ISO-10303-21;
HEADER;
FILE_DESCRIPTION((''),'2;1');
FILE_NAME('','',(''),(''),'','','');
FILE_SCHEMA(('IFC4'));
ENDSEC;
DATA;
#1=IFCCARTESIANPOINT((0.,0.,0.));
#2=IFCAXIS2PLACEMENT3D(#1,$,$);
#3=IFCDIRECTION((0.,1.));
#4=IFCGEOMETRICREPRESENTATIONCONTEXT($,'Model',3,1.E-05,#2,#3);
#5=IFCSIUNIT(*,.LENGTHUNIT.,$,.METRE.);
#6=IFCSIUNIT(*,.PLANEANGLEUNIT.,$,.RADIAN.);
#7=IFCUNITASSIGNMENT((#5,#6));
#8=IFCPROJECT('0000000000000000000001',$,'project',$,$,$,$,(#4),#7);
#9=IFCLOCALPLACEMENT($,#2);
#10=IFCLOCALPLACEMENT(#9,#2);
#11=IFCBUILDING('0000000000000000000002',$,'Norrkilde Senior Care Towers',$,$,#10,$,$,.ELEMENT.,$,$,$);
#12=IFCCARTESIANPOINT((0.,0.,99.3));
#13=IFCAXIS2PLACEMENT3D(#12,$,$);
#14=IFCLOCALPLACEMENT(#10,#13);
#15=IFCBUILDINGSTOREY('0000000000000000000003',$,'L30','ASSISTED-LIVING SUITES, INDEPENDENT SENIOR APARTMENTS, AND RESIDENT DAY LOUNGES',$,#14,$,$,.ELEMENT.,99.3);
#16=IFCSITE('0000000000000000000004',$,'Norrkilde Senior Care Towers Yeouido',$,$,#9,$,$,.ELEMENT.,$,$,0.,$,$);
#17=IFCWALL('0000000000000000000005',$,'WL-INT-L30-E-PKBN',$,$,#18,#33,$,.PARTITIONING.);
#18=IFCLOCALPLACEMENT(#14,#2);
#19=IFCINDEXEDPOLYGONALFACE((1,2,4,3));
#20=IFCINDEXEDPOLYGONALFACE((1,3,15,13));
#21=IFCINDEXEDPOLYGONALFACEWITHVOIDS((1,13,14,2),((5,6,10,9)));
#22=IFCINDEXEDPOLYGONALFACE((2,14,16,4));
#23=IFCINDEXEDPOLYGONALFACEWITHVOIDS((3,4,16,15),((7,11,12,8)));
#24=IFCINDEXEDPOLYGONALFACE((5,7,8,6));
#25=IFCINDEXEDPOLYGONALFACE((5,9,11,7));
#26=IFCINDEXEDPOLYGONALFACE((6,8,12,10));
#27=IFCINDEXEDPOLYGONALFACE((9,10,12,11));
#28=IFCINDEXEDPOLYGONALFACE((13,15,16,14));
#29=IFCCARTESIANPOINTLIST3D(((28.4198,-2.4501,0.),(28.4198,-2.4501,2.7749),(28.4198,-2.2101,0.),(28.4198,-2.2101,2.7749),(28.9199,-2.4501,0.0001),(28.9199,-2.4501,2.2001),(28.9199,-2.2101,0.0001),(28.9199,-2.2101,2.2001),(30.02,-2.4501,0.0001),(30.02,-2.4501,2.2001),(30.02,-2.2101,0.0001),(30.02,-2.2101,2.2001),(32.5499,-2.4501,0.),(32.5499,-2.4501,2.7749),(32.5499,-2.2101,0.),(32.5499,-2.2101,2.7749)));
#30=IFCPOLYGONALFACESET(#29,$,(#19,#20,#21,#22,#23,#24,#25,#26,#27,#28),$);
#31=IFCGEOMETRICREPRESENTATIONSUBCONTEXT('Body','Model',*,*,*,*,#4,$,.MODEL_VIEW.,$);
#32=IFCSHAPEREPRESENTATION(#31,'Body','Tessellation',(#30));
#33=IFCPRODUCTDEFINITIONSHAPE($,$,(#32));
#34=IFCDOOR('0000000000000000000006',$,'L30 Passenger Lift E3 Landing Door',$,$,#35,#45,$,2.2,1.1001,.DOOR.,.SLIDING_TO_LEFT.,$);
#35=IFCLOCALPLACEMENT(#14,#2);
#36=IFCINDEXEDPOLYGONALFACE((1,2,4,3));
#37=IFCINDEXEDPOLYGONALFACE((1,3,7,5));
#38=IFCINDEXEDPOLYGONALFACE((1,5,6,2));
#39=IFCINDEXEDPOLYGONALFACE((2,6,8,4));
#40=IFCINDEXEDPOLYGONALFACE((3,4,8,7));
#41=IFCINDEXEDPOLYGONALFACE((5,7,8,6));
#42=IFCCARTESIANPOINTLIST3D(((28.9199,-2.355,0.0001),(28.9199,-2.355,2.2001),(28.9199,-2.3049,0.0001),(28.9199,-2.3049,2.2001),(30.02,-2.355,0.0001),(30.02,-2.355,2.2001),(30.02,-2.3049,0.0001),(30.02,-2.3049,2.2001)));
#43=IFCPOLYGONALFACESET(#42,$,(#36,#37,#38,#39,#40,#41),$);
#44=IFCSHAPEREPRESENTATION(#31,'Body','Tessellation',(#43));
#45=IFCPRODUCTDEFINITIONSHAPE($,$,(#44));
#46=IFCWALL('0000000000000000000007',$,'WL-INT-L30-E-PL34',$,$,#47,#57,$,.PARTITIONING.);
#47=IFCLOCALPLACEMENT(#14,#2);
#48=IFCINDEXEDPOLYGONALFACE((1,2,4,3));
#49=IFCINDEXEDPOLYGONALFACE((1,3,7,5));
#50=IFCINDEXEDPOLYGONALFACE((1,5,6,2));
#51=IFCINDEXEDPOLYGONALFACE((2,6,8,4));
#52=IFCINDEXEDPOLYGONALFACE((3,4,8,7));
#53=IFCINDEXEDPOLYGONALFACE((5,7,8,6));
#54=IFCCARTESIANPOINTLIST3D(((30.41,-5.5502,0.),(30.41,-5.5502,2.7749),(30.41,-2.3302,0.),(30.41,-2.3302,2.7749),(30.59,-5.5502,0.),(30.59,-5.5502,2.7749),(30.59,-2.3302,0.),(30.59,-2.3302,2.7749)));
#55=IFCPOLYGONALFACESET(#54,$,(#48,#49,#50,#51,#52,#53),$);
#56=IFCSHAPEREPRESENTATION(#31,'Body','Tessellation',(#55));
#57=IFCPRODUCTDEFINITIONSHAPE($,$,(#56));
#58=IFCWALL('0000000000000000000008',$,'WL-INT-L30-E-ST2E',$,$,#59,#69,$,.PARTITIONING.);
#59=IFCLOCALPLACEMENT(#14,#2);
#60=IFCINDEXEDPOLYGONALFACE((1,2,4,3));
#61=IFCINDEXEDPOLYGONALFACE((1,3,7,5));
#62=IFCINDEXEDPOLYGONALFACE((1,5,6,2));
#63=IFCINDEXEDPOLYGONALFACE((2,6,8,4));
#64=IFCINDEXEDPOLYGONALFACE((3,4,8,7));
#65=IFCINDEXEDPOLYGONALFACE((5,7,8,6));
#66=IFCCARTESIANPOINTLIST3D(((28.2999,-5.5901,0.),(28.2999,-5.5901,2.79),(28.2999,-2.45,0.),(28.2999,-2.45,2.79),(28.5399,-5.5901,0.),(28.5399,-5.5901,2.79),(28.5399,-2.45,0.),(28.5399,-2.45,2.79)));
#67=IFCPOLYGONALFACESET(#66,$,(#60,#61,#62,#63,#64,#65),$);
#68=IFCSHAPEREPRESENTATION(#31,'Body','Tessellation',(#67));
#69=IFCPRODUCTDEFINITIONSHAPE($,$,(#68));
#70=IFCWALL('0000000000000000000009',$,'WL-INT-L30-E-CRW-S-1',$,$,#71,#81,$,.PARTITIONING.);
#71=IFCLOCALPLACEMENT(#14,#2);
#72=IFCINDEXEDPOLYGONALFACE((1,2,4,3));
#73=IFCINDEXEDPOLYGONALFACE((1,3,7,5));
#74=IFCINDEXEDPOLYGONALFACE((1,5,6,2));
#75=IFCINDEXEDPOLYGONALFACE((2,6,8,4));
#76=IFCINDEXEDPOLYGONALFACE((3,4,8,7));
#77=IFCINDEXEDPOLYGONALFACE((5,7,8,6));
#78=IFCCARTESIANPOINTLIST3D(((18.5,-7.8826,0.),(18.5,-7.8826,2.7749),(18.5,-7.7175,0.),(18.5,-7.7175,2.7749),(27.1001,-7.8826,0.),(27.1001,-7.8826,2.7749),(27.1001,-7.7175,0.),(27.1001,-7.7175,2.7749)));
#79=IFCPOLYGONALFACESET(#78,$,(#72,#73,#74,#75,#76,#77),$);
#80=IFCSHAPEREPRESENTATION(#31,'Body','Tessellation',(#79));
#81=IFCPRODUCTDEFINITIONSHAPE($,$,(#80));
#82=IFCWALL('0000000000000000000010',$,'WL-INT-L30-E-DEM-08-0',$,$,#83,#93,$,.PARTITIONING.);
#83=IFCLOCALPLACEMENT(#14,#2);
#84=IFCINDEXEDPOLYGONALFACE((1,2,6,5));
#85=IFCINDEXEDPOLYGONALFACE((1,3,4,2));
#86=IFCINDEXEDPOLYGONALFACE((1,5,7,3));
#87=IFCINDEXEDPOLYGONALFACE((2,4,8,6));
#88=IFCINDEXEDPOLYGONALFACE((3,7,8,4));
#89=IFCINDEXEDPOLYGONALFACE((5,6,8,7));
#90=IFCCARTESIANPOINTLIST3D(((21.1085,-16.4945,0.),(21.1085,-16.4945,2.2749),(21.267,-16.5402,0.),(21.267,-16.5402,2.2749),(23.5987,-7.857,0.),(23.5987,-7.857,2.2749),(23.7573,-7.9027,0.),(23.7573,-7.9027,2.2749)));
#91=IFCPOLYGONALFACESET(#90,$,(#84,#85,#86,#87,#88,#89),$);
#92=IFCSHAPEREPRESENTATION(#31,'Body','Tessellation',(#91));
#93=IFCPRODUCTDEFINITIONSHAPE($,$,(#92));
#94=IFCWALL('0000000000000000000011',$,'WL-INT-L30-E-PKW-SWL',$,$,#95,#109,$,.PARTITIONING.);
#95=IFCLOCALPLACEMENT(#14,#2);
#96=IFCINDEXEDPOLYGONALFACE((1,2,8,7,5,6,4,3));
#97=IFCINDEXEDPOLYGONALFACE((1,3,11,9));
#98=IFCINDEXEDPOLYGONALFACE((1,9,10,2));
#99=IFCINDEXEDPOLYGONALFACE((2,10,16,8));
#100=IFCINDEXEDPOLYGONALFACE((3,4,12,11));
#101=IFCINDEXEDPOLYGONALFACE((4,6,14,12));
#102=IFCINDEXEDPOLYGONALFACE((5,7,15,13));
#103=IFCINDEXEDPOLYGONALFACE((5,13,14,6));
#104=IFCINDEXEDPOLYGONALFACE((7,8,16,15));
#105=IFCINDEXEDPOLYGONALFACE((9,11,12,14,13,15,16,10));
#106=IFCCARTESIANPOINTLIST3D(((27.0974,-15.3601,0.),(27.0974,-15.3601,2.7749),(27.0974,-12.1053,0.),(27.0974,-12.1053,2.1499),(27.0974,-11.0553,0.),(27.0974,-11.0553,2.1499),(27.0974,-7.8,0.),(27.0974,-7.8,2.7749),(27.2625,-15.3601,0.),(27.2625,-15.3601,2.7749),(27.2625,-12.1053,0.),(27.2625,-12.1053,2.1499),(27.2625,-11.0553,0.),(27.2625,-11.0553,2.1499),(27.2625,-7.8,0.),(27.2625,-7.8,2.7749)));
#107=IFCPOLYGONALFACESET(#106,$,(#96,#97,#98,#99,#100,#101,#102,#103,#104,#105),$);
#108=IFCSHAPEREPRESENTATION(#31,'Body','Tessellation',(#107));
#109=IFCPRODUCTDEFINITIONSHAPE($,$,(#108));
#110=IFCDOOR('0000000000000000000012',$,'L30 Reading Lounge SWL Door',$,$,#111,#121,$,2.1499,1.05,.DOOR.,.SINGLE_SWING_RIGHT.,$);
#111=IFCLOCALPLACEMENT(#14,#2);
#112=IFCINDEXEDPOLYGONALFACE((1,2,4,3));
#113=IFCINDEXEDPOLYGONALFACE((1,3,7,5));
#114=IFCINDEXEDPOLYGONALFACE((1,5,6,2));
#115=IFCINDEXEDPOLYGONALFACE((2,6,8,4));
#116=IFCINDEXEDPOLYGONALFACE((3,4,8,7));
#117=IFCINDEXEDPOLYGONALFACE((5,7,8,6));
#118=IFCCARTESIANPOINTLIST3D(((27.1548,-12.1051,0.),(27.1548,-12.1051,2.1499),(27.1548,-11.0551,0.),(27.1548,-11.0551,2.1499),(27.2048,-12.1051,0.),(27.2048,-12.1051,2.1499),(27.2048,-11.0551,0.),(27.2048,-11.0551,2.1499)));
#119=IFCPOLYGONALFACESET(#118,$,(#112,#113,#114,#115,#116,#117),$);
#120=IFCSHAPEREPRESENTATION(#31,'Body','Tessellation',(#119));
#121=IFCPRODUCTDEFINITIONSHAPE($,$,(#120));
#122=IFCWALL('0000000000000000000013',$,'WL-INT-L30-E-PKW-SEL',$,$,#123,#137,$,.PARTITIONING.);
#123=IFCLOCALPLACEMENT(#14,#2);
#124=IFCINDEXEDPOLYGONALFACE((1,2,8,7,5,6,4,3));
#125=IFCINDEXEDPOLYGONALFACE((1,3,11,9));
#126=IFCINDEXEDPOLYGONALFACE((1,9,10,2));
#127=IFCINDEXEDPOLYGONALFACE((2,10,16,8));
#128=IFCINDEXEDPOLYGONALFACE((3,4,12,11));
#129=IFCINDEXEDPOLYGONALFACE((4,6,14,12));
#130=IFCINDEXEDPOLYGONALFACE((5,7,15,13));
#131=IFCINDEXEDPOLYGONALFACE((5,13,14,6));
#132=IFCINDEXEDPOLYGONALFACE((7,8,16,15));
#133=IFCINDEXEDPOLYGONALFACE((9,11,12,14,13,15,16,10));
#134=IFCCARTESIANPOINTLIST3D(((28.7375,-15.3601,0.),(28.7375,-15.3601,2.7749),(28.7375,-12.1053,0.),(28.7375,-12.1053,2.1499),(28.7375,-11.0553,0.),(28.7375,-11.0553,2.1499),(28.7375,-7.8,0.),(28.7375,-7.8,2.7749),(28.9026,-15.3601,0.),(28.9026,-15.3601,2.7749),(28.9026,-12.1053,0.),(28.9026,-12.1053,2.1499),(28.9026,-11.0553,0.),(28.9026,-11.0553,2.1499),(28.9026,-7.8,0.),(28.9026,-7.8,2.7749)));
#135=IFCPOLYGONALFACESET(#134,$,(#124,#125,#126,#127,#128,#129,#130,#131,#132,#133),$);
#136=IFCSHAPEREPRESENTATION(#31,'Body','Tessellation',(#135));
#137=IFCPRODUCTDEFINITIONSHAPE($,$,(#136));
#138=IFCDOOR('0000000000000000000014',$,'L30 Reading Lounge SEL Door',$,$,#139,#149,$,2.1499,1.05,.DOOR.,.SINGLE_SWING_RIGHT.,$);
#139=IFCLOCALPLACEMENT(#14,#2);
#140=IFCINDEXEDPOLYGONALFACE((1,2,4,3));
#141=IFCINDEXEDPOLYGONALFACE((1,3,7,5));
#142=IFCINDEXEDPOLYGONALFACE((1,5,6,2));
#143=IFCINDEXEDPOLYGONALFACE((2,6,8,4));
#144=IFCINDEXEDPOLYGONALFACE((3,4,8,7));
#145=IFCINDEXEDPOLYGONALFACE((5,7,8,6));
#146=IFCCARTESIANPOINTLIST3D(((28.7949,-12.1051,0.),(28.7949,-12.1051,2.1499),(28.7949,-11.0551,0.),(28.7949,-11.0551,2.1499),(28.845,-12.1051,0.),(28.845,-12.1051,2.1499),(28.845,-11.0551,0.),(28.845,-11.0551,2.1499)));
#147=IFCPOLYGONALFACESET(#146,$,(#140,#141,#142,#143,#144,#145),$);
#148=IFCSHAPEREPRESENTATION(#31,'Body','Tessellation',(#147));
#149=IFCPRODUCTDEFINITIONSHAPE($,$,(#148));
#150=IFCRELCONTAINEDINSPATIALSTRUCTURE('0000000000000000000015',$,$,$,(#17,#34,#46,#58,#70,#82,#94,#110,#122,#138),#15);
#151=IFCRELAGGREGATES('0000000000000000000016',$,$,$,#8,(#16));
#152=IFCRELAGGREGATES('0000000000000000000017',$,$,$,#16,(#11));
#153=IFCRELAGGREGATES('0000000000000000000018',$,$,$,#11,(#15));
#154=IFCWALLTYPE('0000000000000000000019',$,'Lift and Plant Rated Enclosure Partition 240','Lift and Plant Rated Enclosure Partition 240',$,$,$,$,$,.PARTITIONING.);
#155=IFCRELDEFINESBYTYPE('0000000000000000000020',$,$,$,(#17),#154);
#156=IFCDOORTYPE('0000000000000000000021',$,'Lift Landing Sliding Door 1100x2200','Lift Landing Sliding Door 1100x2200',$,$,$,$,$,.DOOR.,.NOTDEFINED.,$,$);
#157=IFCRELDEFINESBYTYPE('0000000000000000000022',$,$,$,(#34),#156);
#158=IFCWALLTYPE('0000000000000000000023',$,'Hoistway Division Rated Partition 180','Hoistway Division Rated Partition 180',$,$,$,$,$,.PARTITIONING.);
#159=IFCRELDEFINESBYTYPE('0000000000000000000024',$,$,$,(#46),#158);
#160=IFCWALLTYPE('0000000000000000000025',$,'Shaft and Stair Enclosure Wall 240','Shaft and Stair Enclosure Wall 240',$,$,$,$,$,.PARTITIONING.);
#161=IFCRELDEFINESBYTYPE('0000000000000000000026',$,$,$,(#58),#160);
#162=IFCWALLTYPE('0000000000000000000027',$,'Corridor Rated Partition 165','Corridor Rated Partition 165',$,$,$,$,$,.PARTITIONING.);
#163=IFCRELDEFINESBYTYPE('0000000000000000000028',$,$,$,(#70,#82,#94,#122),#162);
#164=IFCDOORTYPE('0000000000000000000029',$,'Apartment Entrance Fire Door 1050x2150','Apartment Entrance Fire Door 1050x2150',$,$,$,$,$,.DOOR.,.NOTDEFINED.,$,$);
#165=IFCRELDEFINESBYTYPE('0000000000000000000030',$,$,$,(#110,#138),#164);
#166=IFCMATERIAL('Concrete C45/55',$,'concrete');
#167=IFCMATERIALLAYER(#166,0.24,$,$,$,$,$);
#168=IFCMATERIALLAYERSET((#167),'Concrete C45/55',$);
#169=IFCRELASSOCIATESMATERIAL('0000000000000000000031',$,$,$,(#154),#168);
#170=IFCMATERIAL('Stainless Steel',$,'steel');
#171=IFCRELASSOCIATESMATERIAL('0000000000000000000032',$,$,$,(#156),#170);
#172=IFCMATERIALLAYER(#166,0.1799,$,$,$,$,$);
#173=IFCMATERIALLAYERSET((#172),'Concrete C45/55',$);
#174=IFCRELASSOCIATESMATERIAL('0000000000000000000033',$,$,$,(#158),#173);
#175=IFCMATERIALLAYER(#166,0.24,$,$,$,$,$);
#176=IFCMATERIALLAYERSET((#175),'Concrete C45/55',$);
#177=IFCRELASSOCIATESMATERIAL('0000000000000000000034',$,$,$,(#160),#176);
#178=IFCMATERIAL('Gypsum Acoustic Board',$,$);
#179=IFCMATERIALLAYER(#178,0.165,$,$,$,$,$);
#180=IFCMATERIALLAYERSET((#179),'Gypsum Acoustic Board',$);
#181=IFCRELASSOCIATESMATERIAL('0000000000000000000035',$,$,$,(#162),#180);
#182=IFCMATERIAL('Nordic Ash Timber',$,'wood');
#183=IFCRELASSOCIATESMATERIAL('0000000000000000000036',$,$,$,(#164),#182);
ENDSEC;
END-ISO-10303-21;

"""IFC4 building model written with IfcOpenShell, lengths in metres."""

from ifc_helpers import new_model, si_unit, direction, frame, frame_2d, origin, place, context, subcontext, project, spatial, rectangle, extrude, source, transform, mapped, material, layer, layer_set, type_object, type_shapes, element, fill, save


model = new_model("IFC4")

# Units and contexts
model_context = context("Model", 3, precision=1e-05, world=origin(), true_north=direction((0.0, 1.0)))
body_context = subcontext(model_context, "Body", "Model", "MODEL_VIEW")
ifc_project = project(units=[si_unit("LENGTHUNIT", "METRE"), si_unit("PLANEANGLEUNIT", "RADIAN")], contexts=[model_context])

# Site, building, storey
site_placement = place(None, origin())
site = spatial("IfcSite", under=ifc_project, at=site_placement, Name="Norrkilde Senior Care Towers Yeouido", CompositionType="ELEMENT", RefElevation=0.0)
building_placement = place(site_placement, origin())
building = spatial("IfcBuilding", under=site, at=building_placement, Name="Norrkilde Senior Care Towers", CompositionType="ELEMENT")
storey_placement = place(building_placement, frame((0.0, 0.0, 99.3)))
storey = spatial("IfcBuildingStorey", under=building, at=storey_placement, Name="L30", Description="ASSISTED-LIVING SUITES, INDEPENDENT SENIOR APARTMENTS, AND RESIDENT DAY LOUNGES", CompositionType="ELEMENT", Elevation=99.3)

# Shared definitions
ifc_material_1 = material(Name="Concrete C45/55", Category="concrete")

# Shared definitions
ifc_material_2 = material(Name="Gypsum Acoustic Board")

# Wall, opening, door
ifc_layer_1 = layer(ifc_material_1, 0.24)
ifc_layer_set_1 = layer_set([ifc_layer_1], Name="Concrete C45/55")
wall_type_1 = type_object("IfcWallType", Name="Lift and Plant Rated Enclosure Partition 240", Description="Lift and Plant Rated Enclosure Partition 240", PredefinedType="PARTITIONING", material=ifc_layer_set_1)
shared_shape_1 = source(origin(), body_context, "Body", "SweptSolid", [
    extrude(rectangle(XDim=4.1301, YDim=0.24, at=frame_2d((2.0649, 0.0))), origin(), (0.0, 0.0, 1.0), 2.7749),
])
type_shapes(wall_type_1, [shared_shape_1])
wall_1_placement = place(storey_placement, frame((28.4199, -2.3301, 0.0), z_axis=(0.0, 0.0, 1.0), x_axis=(1.0, 0.0, 0.0)))
wall_1 = element("IfcWall", 1, at=wall_1_placement, inside=storey, type_object=wall_type_1, Name="WL-INT-L30-E-PKBN", PredefinedType="PARTITIONING", context=body_context, shape_type="MappedRepresentation", body=[
    mapped(shared_shape_1, transform((0.0, 0.0, 0.0), x_axis=(1.0, 0.0, 0.0), y_axis=(0.0, 1.0, 0.0), z_axis=(0.0, 0.0, 1.0), scale=1.0)),
])
opening_1_placement = place(wall_1_placement, frame((0.5, 0.0, 0.0)))
opening_1 = element("IfcOpeningElement", 2, at=opening_1_placement, cuts=wall_1, PredefinedType="OPENING", context=body_context, shape_type="SweptSolid", body=[
    extrude(rectangle(XDim=1.1001, YDim=2.2, at=frame_2d((0.55, 1.1001))), frame((0.0, 0.1299, 0.0), z_axis=(0.0, -1.0, 0.0), x_axis=(1.0, 0.0, 0.0)), (0.0, 0.0, 1.0), 0.26),
])
ifc_material_3 = material(Name="Stainless Steel", Category="steel")
door_type_1 = type_object("IfcDoorType", Name="Lift Landing Sliding Door 1100x2200", Description="Lift Landing Sliding Door 1100x2200", OperationType="NOTDEFINED", PredefinedType="DOOR", material=ifc_material_3)
shared_shape_2 = source(origin(), body_context, "Body", "SweptSolid", [
    extrude(rectangle(XDim=1.1001, YDim=2.2, at=frame_2d((0.55, 1.1001))), frame((0.0, 0.0249, 0.0), z_axis=(0.0, -1.0, 0.0), x_axis=(1.0, 0.0, 0.0)), (0.0, 0.0, 1.0), 0.05),
])
type_shapes(door_type_1, [shared_shape_2])
door_1_placement = place(opening_1_placement, frame((1.1001, 0.0, 0.0), z_axis=(0.0, 0.0, 1.0), x_axis=(-1.0, 0.0, 0.0)))
door_1 = element("IfcDoor", 3, at=door_1_placement, inside=storey, type_object=door_type_1, Name="L30 Passenger Lift E3 Landing Door", OperationType="SLIDING_TO_LEFT", OverallHeight=2.2, OverallWidth=1.1001, PredefinedType="DOOR", context=body_context, shape_type="MappedRepresentation", body=[
    mapped(shared_shape_2, transform((0.0, 0.0, 0.0), x_axis=(1.0, 0.0, 0.0), y_axis=(0.0, 1.0, 0.0), z_axis=(0.0, 0.0, 1.0), scale=1.0)),
])
fill(opening_1, door_1)

# Walls
ifc_layer_2 = layer(ifc_material_1, 0.1799)
ifc_layer_set_2 = layer_set([ifc_layer_2], Name="Concrete C45/55")
wall_type_2 = type_object("IfcWallType", Name="Hoistway Division Rated Partition 180", Description="Hoistway Division Rated Partition 180", PredefinedType="PARTITIONING", material=ifc_layer_set_2)
shared_shape_3 = source(origin(), body_context, "Body", "SweptSolid", [
    extrude(rectangle(XDim=3.22, YDim=0.1799, at=frame_2d((1.6099, 0.0))), origin(), (0.0, 0.0, 1.0), 2.7749),
])
type_shapes(wall_type_2, [shared_shape_3])
wall_2_placement = place(storey_placement, frame((30.5, -5.55, 0.0), z_axis=(0.0, 0.0, 1.0), x_axis=(0.0, 1.0, 0.0)))
element("IfcWall", 4, at=wall_2_placement, inside=storey, type_object=wall_type_2, Name="WL-INT-L30-E-PL34", PredefinedType="PARTITIONING", context=body_context, shape_type="MappedRepresentation", body=[
    mapped(shared_shape_3, transform((0.0, 0.0, 0.0), x_axis=(1.0, 0.0, 0.0), y_axis=(0.0, 1.0, 0.0), z_axis=(0.0, 0.0, 1.0), scale=1.0)),
])
ifc_layer_3 = layer(ifc_material_1, 0.24)
ifc_layer_set_3 = layer_set([ifc_layer_3], Name="Concrete C45/55")
wall_type_3 = type_object("IfcWallType", Name="Shaft and Stair Enclosure Wall 240", Description="Shaft and Stair Enclosure Wall 240", PredefinedType="PARTITIONING", material=ifc_layer_set_3)
shared_shape_4 = source(origin(), body_context, "Body", "SweptSolid", [
    extrude(rectangle(XDim=3.1401, YDim=0.24, at=frame_2d((1.5701, 0.0))), origin(), (0.0, 0.0, 1.0), 2.79),
])
type_shapes(wall_type_3, [shared_shape_4])
wall_3_placement = place(storey_placement, frame((28.4199, -5.5901, 0.0), z_axis=(0.0, 0.0, 1.0), x_axis=(0.0, 1.0, 0.0)))
element("IfcWall", 5, at=wall_3_placement, inside=storey, type_object=wall_type_3, Name="WL-INT-L30-E-ST2E", PredefinedType="PARTITIONING", context=body_context, shape_type="MappedRepresentation", body=[
    mapped(shared_shape_4, transform((0.0, 0.0, 0.0), x_axis=(1.0, 0.0, 0.0), y_axis=(0.0, 1.0, 0.0), z_axis=(0.0, 0.0, 1.0), scale=1.0)),
])
ifc_layer_4 = layer(ifc_material_2, 0.165)
ifc_layer_set_4 = layer_set([ifc_layer_4], Name="Gypsum Acoustic Board")
wall_type_4 = type_object("IfcWallType", Name="Corridor Rated Partition 165", Description="Corridor Rated Partition 165", PredefinedType="PARTITIONING", material=ifc_layer_set_4)
shared_shape_5 = source(origin(), body_context, "Body", "SweptSolid", [
    extrude(rectangle(XDim=8.6001, YDim=0.165, at=frame_2d((4.3, 0.0))), origin(), (0.0, 0.0, 1.0), 2.7749),
])
wall_4_placement = place(storey_placement, frame((27.1001, -7.8, 0.0), z_axis=(0.0, 0.0, 1.0), x_axis=(-1.0, 0.0, 0.0)))
element("IfcWall", 6, at=wall_4_placement, inside=storey, type_object=wall_type_4, Name="WL-INT-L30-E-CRW-S-1", PredefinedType="PARTITIONING", context=body_context, shape_type="MappedRepresentation", body=[
    mapped(shared_shape_5, transform((0.0, 0.0, 0.0), x_axis=(1.0, 0.0, 0.0), y_axis=(0.0, 1.0, 0.0), z_axis=(0.0, 0.0, 1.0), scale=1.0)),
])
shared_shape_6 = source(origin(), body_context, "Body", "SweptSolid", [
    extrude(rectangle(XDim=8.9893, YDim=0.165, at=frame_2d((4.4946, 0.0))), origin(), (0.0, 0.0, 1.0), 2.2749),
])
wall_5_placement = place(storey_placement, frame((23.678, -7.8799, 0.0), z_axis=(0.0, 0.0, 1.0), x_axis=(-0.277023, -0.960863, 0.0)))
element("IfcWall", 7, at=wall_5_placement, inside=storey, type_object=wall_type_4, Name="WL-INT-L30-E-DEM-08-0", PredefinedType="PARTITIONING", context=body_context, shape_type="MappedRepresentation", body=[
    mapped(shared_shape_6, transform((0.0, 0.0, 0.0), x_axis=(1.0, 0.0, 0.0), y_axis=(0.0, 1.0, 0.0), z_axis=(0.0, 0.0, 1.0), scale=1.0)),
])

# Walls, openings, doors
shared_shape_7 = source(origin(), body_context, "Body", "SweptSolid", [
    extrude(rectangle(XDim=7.5601, YDim=0.165, at=frame_2d((3.78, 0.0))), origin(), (0.0, 0.0, 1.0), 2.7749),
])
wall_6_placement = place(storey_placement, frame((27.1799, -15.3601, 0.0), z_axis=(0.0, 0.0, 1.0), x_axis=(0.0, 1.0, 0.0)))
wall_6 = element("IfcWall", 8, at=wall_6_placement, inside=storey, type_object=wall_type_4, Name="WL-INT-L30-E-PKW-SWL", PredefinedType="PARTITIONING", context=body_context, shape_type="MappedRepresentation", body=[
    mapped(shared_shape_7, transform((0.0, 0.0, 0.0), x_axis=(1.0, 0.0, 0.0), y_axis=(0.0, 1.0, 0.0), z_axis=(0.0, 0.0, 1.0), scale=1.0)),
])
opening_2_placement = place(wall_6_placement, frame((3.2549, 0.0, 0.0)))
opening_2 = element("IfcOpeningElement", 9, at=opening_2_placement, cuts=wall_6, PredefinedType="OPENING", context=body_context, shape_type="SweptSolid", body=[
    extrude(rectangle(XDim=1.05, YDim=2.1499, at=frame_2d((0.5249, 1.075))), frame((0.0, 0.0925, 0.0), z_axis=(0.0, -1.0, 0.0), x_axis=(1.0, 0.0, 0.0)), (0.0, 0.0, 1.0), 0.1851),
])
ifc_material_4 = material(Name="Nordic Ash Timber", Category="wood")
door_type_2 = type_object("IfcDoorType", Name="Apartment Entrance Fire Door 1050x2150", Description="Apartment Entrance Fire Door 1050x2150", OperationType="NOTDEFINED", PredefinedType="DOOR", material=ifc_material_4)
shared_shape_8 = source(origin(), body_context, "Body", "SweptSolid", [
    extrude(rectangle(XDim=1.05, YDim=2.1499, at=frame_2d((0.5249, 1.075))), frame((0.0, 0.0249, 0.0), z_axis=(0.0, -1.0, 0.0), x_axis=(1.0, 0.0, 0.0)), (0.0, 0.0, 1.0), 0.05),
])
type_shapes(door_type_2, [shared_shape_8])
door_2_placement = place(opening_2_placement, frame((1.05, 0.0, 0.0), z_axis=(0.0, 0.0, 1.0), x_axis=(-1.0, 0.0, 0.0)))
door_2 = element("IfcDoor", 10, at=door_2_placement, inside=storey, type_object=door_type_2, Name="L30 Reading Lounge SWL Door", OperationType="SINGLE_SWING_RIGHT", OverallHeight=2.1499, OverallWidth=1.05, PredefinedType="DOOR", context=body_context, shape_type="MappedRepresentation", body=[
    mapped(shared_shape_8, transform((0.0, 0.0, 0.0), x_axis=(1.0, 0.0, 0.0), y_axis=(0.0, 1.0, 0.0), z_axis=(0.0, 0.0, 1.0), scale=1.0)),
])
fill(opening_2, door_2)
wall_7_placement = place(storey_placement, frame((28.8201, -15.3601, 0.0), z_axis=(0.0, 0.0, 1.0), x_axis=(0.0, 1.0, 0.0)))
wall_7 = element("IfcWall", 11, at=wall_7_placement, inside=storey, type_object=wall_type_4, Name="WL-INT-L30-E-PKW-SEL", PredefinedType="PARTITIONING", context=body_context, shape_type="MappedRepresentation", body=[
    mapped(shared_shape_7, transform((0.0, 0.0, 0.0), x_axis=(1.0, 0.0, 0.0), y_axis=(0.0, 1.0, 0.0), z_axis=(0.0, 0.0, 1.0), scale=1.0)),
])
opening_3_placement = place(wall_7_placement, frame((3.2549, 0.0, 0.0)))
opening_3 = element("IfcOpeningElement", 12, at=opening_3_placement, cuts=wall_7, PredefinedType="OPENING", context=body_context, shape_type="SweptSolid", body=[
    extrude(rectangle(XDim=1.05, YDim=2.1499, at=frame_2d((0.5249, 1.075))), frame((0.0, 0.0925, 0.0), z_axis=(0.0, -1.0, 0.0), x_axis=(1.0, 0.0, 0.0)), (0.0, 0.0, 1.0), 0.1851),
])
door_3_placement = place(opening_3_placement, frame((1.05, 0.0, 0.0), z_axis=(0.0, 0.0, 1.0), x_axis=(-1.0, 0.0, 0.0)))
door_3 = element("IfcDoor", 13, at=door_3_placement, inside=storey, type_object=door_type_2, Name="L30 Reading Lounge SEL Door", OperationType="SINGLE_SWING_RIGHT", OverallHeight=2.1499, OverallWidth=1.05, PredefinedType="DOOR", context=body_context, shape_type="MappedRepresentation", body=[
    mapped(shared_shape_8, transform((0.0, 0.0, 0.0), x_axis=(1.0, 0.0, 0.0), y_axis=(0.0, 1.0, 0.0), z_axis=(0.0, 0.0, 1.0), scale=1.0)),
])
fill(opening_3, door_3)

save(model, "model.ifc")
